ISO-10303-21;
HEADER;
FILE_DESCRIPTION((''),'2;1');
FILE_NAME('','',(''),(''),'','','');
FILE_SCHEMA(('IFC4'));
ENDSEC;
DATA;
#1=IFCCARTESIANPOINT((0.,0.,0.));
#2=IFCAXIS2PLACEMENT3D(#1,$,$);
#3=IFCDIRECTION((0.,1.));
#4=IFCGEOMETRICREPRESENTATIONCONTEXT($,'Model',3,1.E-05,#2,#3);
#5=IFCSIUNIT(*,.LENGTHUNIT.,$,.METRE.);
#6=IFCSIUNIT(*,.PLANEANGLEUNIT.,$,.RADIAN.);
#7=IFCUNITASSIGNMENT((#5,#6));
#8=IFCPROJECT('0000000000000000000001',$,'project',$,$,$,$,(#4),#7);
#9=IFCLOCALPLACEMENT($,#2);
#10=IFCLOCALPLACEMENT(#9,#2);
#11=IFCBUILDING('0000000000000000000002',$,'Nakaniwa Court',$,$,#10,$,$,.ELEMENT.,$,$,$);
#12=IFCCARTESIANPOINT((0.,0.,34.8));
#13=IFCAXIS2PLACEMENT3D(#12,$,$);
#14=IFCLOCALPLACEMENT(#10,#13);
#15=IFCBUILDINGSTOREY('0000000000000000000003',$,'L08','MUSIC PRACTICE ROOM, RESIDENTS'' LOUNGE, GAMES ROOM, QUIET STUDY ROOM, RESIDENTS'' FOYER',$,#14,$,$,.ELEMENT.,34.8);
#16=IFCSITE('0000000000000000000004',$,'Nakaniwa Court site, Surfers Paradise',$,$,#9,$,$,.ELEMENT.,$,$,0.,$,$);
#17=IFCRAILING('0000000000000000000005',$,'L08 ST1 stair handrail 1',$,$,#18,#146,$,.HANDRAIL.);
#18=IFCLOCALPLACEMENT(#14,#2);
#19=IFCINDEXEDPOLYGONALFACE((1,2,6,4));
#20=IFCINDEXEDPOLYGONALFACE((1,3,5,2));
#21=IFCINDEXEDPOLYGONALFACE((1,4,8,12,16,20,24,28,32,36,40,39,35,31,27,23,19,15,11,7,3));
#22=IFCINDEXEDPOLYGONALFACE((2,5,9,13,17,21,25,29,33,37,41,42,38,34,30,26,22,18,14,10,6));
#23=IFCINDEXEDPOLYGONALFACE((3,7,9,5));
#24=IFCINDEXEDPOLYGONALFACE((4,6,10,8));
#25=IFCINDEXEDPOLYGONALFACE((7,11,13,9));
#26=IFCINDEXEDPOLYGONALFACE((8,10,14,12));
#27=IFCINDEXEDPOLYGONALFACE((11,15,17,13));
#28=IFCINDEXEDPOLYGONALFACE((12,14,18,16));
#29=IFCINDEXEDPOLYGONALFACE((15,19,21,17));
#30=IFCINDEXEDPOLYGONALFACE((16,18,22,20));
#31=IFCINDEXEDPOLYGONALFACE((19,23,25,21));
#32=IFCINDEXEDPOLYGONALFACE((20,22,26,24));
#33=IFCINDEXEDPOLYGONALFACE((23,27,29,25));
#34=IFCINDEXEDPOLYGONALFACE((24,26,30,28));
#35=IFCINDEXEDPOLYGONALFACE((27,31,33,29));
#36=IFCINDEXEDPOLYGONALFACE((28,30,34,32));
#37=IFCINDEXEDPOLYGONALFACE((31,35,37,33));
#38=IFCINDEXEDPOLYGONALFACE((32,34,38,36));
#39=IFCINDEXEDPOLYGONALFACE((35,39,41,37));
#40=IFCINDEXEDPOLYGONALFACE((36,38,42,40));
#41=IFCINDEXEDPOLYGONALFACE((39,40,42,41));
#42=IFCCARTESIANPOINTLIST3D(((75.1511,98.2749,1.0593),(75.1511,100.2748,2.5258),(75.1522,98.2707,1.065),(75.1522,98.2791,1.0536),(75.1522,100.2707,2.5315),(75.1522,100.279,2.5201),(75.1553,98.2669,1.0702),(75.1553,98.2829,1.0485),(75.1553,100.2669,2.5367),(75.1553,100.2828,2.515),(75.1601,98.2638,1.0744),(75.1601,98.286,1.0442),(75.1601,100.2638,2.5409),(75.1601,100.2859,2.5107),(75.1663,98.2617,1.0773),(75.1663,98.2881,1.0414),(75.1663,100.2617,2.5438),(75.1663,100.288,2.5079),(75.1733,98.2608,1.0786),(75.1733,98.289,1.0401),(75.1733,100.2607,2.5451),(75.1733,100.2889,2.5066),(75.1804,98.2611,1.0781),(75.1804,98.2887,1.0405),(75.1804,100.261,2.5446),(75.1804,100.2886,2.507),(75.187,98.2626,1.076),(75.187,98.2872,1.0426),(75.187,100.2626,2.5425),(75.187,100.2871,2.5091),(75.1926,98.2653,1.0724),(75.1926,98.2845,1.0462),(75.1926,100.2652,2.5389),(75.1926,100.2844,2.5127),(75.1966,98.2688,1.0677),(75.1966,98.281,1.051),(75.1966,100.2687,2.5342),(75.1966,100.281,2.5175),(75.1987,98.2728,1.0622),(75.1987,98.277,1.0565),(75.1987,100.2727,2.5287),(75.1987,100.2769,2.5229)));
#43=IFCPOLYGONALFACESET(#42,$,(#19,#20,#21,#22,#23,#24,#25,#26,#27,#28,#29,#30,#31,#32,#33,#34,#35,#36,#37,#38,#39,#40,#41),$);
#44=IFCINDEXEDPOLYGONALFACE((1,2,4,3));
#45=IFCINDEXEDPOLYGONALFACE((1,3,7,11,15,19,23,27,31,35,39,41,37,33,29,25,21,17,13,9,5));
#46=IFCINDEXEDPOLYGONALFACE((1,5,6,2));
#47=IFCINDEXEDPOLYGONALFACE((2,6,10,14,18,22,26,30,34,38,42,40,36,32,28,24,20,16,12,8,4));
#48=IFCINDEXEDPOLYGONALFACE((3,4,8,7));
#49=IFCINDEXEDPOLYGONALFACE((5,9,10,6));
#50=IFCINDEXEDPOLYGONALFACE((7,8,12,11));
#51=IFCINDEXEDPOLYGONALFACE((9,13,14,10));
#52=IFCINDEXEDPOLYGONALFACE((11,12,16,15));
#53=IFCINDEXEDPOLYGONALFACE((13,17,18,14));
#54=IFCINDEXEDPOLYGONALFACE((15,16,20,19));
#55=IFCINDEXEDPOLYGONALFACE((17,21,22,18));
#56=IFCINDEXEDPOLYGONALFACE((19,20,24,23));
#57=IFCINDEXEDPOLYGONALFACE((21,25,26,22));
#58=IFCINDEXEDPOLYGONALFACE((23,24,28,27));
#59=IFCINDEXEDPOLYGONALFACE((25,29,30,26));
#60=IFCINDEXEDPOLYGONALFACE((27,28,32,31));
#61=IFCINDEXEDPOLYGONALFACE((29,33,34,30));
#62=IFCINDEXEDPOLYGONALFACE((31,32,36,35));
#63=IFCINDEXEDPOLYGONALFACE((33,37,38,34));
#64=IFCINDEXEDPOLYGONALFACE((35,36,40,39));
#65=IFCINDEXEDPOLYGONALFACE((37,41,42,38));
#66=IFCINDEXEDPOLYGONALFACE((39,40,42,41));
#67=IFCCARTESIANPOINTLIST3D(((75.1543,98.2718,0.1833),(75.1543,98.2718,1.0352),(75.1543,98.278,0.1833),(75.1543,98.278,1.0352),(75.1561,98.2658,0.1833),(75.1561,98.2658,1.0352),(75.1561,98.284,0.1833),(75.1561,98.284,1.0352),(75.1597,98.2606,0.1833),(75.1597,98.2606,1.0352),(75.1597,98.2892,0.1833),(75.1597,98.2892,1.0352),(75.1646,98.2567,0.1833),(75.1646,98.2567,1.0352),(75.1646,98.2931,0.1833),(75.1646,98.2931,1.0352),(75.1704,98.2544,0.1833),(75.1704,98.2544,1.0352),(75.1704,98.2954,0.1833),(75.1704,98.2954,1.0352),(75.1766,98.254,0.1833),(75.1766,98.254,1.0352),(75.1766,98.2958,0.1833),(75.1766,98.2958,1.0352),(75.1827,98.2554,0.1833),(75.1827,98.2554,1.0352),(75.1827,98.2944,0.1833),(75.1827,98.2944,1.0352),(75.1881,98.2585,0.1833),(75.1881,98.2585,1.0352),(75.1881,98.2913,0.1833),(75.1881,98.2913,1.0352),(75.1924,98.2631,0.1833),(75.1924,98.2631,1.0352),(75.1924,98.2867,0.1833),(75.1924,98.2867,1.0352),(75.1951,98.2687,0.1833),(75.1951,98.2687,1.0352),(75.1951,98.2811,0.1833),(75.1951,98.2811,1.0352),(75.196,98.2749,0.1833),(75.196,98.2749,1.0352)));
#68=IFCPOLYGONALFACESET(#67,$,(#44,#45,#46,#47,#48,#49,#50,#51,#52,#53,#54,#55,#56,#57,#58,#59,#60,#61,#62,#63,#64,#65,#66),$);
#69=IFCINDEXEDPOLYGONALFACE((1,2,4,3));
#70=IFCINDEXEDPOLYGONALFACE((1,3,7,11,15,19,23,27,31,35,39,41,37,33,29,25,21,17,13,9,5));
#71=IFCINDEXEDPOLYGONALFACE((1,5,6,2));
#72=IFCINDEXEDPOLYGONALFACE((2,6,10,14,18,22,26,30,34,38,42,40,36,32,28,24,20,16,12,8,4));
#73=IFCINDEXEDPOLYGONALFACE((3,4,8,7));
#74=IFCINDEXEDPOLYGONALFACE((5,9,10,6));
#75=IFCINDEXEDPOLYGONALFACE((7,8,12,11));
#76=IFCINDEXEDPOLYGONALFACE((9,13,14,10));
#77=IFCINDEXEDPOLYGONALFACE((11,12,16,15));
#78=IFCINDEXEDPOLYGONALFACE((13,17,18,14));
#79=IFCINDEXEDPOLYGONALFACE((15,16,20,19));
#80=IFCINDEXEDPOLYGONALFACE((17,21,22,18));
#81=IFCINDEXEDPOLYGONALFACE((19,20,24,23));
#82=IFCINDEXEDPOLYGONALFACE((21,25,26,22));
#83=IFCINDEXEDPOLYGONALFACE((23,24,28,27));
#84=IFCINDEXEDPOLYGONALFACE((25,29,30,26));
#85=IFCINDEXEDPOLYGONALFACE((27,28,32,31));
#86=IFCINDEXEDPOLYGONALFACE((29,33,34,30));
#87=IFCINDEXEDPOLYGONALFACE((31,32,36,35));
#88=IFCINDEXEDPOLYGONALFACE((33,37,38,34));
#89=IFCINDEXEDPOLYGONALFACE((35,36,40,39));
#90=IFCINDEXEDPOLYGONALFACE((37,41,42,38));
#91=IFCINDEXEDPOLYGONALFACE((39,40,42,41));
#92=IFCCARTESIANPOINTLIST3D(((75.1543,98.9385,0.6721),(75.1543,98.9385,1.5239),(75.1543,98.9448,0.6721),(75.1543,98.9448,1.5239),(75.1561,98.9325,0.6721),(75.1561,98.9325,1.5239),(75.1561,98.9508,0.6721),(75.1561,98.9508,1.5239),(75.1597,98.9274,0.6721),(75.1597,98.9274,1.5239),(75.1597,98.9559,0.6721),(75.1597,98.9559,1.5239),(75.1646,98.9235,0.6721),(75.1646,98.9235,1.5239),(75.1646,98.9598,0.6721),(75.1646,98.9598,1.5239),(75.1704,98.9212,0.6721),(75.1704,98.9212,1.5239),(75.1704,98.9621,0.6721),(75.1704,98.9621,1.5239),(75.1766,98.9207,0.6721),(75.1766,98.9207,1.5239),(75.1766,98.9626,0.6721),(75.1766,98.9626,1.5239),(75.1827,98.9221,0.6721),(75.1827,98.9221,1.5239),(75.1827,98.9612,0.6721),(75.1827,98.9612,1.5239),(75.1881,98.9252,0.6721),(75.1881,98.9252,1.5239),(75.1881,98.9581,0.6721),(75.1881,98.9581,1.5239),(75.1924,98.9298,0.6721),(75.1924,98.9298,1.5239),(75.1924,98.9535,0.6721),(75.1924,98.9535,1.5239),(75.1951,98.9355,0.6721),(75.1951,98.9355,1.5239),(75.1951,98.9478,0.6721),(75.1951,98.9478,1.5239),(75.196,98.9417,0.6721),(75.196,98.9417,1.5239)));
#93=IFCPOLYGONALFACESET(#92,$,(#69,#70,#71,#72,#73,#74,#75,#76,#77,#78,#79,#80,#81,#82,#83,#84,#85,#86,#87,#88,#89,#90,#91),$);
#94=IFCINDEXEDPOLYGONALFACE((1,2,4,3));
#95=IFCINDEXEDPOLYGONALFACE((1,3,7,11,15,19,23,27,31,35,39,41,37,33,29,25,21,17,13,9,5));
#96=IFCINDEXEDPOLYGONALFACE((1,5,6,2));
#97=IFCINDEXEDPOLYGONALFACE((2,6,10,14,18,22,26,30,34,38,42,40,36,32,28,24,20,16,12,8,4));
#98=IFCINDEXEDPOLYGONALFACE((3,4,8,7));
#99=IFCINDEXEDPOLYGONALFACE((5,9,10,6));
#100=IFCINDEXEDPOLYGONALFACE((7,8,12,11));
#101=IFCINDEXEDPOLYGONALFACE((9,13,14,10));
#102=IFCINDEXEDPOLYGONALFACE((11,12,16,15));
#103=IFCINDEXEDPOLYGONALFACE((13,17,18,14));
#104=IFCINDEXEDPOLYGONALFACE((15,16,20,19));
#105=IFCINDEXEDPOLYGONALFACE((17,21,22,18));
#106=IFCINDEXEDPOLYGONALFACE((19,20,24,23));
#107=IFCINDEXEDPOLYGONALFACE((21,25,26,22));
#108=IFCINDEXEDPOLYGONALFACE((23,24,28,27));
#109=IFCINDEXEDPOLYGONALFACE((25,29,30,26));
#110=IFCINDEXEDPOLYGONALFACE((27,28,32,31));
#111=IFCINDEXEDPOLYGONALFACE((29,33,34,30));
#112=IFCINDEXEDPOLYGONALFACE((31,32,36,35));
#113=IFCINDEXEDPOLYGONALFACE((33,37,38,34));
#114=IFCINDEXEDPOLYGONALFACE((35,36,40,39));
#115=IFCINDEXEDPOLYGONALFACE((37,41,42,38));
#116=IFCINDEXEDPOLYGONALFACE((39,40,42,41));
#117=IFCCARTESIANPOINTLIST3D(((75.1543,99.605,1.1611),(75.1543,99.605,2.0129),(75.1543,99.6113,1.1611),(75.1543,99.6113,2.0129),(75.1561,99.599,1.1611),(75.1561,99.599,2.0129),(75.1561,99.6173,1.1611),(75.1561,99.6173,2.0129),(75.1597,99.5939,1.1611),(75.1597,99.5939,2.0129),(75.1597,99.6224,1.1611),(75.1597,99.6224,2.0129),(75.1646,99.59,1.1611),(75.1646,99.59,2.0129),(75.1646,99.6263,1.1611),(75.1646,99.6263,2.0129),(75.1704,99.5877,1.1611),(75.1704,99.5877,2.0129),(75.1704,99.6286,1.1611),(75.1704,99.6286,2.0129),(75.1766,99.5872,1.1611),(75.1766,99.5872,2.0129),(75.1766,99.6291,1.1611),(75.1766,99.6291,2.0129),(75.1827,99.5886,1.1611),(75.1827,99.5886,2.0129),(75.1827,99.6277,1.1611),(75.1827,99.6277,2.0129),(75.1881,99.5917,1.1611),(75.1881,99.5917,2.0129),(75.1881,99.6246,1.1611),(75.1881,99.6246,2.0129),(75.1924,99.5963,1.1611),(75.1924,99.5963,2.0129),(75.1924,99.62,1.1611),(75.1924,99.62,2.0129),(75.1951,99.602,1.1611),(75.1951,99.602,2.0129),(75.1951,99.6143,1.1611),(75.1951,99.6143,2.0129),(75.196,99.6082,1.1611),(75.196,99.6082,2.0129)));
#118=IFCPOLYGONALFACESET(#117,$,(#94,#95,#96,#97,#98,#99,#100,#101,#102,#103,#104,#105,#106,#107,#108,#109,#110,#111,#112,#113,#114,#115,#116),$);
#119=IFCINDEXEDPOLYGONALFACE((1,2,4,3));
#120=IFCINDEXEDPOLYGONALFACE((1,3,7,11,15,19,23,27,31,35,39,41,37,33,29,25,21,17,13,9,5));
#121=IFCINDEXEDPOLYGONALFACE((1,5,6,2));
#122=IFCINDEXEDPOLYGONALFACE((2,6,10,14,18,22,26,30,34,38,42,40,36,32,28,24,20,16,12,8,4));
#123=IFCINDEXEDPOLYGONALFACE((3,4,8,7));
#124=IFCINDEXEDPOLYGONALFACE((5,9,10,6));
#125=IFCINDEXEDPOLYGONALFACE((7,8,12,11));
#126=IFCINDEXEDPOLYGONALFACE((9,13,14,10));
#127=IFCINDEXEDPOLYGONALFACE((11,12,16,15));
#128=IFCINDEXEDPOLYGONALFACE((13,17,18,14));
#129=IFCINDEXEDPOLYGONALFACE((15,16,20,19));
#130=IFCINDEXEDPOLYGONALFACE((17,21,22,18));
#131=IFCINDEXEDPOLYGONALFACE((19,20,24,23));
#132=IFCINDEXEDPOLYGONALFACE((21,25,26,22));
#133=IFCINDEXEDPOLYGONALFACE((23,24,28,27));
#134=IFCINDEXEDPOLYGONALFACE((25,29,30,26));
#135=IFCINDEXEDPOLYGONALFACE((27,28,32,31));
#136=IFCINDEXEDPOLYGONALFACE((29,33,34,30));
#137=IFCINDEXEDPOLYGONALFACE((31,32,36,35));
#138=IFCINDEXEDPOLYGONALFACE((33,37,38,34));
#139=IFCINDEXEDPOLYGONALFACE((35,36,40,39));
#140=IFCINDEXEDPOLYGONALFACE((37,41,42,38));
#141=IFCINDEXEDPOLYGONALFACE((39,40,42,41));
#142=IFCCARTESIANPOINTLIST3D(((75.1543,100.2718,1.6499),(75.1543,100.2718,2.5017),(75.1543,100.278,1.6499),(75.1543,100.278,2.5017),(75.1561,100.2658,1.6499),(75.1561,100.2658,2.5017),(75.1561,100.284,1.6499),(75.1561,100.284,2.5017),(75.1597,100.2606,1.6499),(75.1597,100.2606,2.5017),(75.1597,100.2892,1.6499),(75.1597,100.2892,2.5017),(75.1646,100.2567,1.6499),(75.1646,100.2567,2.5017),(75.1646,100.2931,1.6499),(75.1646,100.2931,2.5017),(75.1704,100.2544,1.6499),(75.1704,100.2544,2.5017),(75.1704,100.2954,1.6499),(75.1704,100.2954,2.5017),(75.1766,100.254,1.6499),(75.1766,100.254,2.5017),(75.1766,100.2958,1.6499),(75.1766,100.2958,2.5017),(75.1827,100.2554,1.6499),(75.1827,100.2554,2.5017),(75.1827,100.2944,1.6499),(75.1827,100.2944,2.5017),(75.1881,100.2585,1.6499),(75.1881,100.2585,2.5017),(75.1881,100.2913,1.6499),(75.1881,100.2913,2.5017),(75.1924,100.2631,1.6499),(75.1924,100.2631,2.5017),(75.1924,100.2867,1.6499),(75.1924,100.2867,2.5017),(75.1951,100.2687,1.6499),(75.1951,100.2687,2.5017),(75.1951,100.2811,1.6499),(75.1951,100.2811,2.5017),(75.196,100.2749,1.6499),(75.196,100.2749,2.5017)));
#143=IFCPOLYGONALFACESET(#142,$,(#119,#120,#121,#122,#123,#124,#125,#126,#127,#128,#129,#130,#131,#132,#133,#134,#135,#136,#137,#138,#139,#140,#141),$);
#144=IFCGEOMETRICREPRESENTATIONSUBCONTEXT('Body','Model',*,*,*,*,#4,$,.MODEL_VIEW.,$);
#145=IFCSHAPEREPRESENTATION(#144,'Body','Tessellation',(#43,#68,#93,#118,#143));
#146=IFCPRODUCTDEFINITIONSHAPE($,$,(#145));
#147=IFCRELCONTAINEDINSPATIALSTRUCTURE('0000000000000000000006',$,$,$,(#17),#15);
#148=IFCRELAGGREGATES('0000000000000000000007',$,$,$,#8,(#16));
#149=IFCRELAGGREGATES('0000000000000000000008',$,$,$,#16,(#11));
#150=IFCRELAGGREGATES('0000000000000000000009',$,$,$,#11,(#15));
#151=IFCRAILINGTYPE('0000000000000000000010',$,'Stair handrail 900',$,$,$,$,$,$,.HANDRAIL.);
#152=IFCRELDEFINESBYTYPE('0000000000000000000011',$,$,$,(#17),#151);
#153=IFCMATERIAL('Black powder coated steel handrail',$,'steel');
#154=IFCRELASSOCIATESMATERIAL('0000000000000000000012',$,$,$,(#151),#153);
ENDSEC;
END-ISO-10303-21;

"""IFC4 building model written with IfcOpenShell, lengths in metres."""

from ifc_helpers import new_model, si_unit, direction, frame, origin, origin_2d, place, context, subcontext, project, spatial, circle, extrude, material, type_object, element, save


model = new_model("IFC4")

# Units and contexts
model_context = context("Model", 3, precision=1e-05, world=origin(), true_north=direction((0.0, 1.0)))
body_context = subcontext(model_context, "Body", "Model", "MODEL_VIEW")
ifc_project = project(units=[si_unit("LENGTHUNIT", "METRE"), si_unit("PLANEANGLEUNIT", "RADIAN")], contexts=[model_context])

# Site, building, storey
site_placement = place(None, origin())
site = spatial("IfcSite", under=ifc_project, at=site_placement, Name="Nakaniwa Court site, Surfers Paradise", CompositionType="ELEMENT", RefElevation=0.0)
building_placement = place(site_placement, origin())
building = spatial("IfcBuilding", under=site, at=building_placement, Name="Nakaniwa Court", CompositionType="ELEMENT")
storey_placement = place(building_placement, frame((0.0, 0.0, 34.8)))
storey = spatial("IfcBuildingStorey", under=building, at=storey_placement, Name="L08", Description="MUSIC PRACTICE ROOM, RESIDENTS' LOUNGE, GAMES ROOM, QUIET STUDY ROOM, RESIDENTS' FOYER", CompositionType="ELEMENT", Elevation=34.8)

# Railing
ifc_material_1 = material(Name="Black powder coated steel handrail", Category="steel")
railing_type_1 = type_object("IfcRailingType", Name="Stair handrail 900", PredefinedType="HANDRAIL", material=ifc_material_1)
railing_1_placement = place(storey_placement, frame((75.175, 98.2749, 0.1833)))
element("IfcRailing", 1, at=railing_1_placement, inside=storey, type_object=railing_type_1, Name="L08 ST1 stair handrail 1", PredefinedType="HANDRAIL", context=body_context, shape_type="SweptSolid", body=[
    extrude(circle(Radius=0.0239, at=origin_2d()), frame((0.0, 0.0, 0.876), z_axis=(0.0, 0.806427, 0.591334), x_axis=(-1.0, 0.0, 0.0)), (0.0, 0.0, 1.0), 2.48),
    extrude(circle(Radius=0.021, at=origin_2d()), origin(), (0.0, 0.0, 1.0), 0.8518),
    extrude(circle(Radius=0.021, at=origin_2d()), frame((0.0, 0.6667, 0.4888)), (0.0, 0.0, 1.0), 0.8518),
    extrude(circle(Radius=0.021, at=origin_2d()), frame((0.0, 1.3333, 0.9778)), (0.0, 0.0, 1.0), 0.8518),
    extrude(circle(Radius=0.021, at=origin_2d()), frame((0.0, 2.0, 1.4666)), (0.0, 0.0, 1.0), 0.8518),
])

save(model, "model.ifc")
